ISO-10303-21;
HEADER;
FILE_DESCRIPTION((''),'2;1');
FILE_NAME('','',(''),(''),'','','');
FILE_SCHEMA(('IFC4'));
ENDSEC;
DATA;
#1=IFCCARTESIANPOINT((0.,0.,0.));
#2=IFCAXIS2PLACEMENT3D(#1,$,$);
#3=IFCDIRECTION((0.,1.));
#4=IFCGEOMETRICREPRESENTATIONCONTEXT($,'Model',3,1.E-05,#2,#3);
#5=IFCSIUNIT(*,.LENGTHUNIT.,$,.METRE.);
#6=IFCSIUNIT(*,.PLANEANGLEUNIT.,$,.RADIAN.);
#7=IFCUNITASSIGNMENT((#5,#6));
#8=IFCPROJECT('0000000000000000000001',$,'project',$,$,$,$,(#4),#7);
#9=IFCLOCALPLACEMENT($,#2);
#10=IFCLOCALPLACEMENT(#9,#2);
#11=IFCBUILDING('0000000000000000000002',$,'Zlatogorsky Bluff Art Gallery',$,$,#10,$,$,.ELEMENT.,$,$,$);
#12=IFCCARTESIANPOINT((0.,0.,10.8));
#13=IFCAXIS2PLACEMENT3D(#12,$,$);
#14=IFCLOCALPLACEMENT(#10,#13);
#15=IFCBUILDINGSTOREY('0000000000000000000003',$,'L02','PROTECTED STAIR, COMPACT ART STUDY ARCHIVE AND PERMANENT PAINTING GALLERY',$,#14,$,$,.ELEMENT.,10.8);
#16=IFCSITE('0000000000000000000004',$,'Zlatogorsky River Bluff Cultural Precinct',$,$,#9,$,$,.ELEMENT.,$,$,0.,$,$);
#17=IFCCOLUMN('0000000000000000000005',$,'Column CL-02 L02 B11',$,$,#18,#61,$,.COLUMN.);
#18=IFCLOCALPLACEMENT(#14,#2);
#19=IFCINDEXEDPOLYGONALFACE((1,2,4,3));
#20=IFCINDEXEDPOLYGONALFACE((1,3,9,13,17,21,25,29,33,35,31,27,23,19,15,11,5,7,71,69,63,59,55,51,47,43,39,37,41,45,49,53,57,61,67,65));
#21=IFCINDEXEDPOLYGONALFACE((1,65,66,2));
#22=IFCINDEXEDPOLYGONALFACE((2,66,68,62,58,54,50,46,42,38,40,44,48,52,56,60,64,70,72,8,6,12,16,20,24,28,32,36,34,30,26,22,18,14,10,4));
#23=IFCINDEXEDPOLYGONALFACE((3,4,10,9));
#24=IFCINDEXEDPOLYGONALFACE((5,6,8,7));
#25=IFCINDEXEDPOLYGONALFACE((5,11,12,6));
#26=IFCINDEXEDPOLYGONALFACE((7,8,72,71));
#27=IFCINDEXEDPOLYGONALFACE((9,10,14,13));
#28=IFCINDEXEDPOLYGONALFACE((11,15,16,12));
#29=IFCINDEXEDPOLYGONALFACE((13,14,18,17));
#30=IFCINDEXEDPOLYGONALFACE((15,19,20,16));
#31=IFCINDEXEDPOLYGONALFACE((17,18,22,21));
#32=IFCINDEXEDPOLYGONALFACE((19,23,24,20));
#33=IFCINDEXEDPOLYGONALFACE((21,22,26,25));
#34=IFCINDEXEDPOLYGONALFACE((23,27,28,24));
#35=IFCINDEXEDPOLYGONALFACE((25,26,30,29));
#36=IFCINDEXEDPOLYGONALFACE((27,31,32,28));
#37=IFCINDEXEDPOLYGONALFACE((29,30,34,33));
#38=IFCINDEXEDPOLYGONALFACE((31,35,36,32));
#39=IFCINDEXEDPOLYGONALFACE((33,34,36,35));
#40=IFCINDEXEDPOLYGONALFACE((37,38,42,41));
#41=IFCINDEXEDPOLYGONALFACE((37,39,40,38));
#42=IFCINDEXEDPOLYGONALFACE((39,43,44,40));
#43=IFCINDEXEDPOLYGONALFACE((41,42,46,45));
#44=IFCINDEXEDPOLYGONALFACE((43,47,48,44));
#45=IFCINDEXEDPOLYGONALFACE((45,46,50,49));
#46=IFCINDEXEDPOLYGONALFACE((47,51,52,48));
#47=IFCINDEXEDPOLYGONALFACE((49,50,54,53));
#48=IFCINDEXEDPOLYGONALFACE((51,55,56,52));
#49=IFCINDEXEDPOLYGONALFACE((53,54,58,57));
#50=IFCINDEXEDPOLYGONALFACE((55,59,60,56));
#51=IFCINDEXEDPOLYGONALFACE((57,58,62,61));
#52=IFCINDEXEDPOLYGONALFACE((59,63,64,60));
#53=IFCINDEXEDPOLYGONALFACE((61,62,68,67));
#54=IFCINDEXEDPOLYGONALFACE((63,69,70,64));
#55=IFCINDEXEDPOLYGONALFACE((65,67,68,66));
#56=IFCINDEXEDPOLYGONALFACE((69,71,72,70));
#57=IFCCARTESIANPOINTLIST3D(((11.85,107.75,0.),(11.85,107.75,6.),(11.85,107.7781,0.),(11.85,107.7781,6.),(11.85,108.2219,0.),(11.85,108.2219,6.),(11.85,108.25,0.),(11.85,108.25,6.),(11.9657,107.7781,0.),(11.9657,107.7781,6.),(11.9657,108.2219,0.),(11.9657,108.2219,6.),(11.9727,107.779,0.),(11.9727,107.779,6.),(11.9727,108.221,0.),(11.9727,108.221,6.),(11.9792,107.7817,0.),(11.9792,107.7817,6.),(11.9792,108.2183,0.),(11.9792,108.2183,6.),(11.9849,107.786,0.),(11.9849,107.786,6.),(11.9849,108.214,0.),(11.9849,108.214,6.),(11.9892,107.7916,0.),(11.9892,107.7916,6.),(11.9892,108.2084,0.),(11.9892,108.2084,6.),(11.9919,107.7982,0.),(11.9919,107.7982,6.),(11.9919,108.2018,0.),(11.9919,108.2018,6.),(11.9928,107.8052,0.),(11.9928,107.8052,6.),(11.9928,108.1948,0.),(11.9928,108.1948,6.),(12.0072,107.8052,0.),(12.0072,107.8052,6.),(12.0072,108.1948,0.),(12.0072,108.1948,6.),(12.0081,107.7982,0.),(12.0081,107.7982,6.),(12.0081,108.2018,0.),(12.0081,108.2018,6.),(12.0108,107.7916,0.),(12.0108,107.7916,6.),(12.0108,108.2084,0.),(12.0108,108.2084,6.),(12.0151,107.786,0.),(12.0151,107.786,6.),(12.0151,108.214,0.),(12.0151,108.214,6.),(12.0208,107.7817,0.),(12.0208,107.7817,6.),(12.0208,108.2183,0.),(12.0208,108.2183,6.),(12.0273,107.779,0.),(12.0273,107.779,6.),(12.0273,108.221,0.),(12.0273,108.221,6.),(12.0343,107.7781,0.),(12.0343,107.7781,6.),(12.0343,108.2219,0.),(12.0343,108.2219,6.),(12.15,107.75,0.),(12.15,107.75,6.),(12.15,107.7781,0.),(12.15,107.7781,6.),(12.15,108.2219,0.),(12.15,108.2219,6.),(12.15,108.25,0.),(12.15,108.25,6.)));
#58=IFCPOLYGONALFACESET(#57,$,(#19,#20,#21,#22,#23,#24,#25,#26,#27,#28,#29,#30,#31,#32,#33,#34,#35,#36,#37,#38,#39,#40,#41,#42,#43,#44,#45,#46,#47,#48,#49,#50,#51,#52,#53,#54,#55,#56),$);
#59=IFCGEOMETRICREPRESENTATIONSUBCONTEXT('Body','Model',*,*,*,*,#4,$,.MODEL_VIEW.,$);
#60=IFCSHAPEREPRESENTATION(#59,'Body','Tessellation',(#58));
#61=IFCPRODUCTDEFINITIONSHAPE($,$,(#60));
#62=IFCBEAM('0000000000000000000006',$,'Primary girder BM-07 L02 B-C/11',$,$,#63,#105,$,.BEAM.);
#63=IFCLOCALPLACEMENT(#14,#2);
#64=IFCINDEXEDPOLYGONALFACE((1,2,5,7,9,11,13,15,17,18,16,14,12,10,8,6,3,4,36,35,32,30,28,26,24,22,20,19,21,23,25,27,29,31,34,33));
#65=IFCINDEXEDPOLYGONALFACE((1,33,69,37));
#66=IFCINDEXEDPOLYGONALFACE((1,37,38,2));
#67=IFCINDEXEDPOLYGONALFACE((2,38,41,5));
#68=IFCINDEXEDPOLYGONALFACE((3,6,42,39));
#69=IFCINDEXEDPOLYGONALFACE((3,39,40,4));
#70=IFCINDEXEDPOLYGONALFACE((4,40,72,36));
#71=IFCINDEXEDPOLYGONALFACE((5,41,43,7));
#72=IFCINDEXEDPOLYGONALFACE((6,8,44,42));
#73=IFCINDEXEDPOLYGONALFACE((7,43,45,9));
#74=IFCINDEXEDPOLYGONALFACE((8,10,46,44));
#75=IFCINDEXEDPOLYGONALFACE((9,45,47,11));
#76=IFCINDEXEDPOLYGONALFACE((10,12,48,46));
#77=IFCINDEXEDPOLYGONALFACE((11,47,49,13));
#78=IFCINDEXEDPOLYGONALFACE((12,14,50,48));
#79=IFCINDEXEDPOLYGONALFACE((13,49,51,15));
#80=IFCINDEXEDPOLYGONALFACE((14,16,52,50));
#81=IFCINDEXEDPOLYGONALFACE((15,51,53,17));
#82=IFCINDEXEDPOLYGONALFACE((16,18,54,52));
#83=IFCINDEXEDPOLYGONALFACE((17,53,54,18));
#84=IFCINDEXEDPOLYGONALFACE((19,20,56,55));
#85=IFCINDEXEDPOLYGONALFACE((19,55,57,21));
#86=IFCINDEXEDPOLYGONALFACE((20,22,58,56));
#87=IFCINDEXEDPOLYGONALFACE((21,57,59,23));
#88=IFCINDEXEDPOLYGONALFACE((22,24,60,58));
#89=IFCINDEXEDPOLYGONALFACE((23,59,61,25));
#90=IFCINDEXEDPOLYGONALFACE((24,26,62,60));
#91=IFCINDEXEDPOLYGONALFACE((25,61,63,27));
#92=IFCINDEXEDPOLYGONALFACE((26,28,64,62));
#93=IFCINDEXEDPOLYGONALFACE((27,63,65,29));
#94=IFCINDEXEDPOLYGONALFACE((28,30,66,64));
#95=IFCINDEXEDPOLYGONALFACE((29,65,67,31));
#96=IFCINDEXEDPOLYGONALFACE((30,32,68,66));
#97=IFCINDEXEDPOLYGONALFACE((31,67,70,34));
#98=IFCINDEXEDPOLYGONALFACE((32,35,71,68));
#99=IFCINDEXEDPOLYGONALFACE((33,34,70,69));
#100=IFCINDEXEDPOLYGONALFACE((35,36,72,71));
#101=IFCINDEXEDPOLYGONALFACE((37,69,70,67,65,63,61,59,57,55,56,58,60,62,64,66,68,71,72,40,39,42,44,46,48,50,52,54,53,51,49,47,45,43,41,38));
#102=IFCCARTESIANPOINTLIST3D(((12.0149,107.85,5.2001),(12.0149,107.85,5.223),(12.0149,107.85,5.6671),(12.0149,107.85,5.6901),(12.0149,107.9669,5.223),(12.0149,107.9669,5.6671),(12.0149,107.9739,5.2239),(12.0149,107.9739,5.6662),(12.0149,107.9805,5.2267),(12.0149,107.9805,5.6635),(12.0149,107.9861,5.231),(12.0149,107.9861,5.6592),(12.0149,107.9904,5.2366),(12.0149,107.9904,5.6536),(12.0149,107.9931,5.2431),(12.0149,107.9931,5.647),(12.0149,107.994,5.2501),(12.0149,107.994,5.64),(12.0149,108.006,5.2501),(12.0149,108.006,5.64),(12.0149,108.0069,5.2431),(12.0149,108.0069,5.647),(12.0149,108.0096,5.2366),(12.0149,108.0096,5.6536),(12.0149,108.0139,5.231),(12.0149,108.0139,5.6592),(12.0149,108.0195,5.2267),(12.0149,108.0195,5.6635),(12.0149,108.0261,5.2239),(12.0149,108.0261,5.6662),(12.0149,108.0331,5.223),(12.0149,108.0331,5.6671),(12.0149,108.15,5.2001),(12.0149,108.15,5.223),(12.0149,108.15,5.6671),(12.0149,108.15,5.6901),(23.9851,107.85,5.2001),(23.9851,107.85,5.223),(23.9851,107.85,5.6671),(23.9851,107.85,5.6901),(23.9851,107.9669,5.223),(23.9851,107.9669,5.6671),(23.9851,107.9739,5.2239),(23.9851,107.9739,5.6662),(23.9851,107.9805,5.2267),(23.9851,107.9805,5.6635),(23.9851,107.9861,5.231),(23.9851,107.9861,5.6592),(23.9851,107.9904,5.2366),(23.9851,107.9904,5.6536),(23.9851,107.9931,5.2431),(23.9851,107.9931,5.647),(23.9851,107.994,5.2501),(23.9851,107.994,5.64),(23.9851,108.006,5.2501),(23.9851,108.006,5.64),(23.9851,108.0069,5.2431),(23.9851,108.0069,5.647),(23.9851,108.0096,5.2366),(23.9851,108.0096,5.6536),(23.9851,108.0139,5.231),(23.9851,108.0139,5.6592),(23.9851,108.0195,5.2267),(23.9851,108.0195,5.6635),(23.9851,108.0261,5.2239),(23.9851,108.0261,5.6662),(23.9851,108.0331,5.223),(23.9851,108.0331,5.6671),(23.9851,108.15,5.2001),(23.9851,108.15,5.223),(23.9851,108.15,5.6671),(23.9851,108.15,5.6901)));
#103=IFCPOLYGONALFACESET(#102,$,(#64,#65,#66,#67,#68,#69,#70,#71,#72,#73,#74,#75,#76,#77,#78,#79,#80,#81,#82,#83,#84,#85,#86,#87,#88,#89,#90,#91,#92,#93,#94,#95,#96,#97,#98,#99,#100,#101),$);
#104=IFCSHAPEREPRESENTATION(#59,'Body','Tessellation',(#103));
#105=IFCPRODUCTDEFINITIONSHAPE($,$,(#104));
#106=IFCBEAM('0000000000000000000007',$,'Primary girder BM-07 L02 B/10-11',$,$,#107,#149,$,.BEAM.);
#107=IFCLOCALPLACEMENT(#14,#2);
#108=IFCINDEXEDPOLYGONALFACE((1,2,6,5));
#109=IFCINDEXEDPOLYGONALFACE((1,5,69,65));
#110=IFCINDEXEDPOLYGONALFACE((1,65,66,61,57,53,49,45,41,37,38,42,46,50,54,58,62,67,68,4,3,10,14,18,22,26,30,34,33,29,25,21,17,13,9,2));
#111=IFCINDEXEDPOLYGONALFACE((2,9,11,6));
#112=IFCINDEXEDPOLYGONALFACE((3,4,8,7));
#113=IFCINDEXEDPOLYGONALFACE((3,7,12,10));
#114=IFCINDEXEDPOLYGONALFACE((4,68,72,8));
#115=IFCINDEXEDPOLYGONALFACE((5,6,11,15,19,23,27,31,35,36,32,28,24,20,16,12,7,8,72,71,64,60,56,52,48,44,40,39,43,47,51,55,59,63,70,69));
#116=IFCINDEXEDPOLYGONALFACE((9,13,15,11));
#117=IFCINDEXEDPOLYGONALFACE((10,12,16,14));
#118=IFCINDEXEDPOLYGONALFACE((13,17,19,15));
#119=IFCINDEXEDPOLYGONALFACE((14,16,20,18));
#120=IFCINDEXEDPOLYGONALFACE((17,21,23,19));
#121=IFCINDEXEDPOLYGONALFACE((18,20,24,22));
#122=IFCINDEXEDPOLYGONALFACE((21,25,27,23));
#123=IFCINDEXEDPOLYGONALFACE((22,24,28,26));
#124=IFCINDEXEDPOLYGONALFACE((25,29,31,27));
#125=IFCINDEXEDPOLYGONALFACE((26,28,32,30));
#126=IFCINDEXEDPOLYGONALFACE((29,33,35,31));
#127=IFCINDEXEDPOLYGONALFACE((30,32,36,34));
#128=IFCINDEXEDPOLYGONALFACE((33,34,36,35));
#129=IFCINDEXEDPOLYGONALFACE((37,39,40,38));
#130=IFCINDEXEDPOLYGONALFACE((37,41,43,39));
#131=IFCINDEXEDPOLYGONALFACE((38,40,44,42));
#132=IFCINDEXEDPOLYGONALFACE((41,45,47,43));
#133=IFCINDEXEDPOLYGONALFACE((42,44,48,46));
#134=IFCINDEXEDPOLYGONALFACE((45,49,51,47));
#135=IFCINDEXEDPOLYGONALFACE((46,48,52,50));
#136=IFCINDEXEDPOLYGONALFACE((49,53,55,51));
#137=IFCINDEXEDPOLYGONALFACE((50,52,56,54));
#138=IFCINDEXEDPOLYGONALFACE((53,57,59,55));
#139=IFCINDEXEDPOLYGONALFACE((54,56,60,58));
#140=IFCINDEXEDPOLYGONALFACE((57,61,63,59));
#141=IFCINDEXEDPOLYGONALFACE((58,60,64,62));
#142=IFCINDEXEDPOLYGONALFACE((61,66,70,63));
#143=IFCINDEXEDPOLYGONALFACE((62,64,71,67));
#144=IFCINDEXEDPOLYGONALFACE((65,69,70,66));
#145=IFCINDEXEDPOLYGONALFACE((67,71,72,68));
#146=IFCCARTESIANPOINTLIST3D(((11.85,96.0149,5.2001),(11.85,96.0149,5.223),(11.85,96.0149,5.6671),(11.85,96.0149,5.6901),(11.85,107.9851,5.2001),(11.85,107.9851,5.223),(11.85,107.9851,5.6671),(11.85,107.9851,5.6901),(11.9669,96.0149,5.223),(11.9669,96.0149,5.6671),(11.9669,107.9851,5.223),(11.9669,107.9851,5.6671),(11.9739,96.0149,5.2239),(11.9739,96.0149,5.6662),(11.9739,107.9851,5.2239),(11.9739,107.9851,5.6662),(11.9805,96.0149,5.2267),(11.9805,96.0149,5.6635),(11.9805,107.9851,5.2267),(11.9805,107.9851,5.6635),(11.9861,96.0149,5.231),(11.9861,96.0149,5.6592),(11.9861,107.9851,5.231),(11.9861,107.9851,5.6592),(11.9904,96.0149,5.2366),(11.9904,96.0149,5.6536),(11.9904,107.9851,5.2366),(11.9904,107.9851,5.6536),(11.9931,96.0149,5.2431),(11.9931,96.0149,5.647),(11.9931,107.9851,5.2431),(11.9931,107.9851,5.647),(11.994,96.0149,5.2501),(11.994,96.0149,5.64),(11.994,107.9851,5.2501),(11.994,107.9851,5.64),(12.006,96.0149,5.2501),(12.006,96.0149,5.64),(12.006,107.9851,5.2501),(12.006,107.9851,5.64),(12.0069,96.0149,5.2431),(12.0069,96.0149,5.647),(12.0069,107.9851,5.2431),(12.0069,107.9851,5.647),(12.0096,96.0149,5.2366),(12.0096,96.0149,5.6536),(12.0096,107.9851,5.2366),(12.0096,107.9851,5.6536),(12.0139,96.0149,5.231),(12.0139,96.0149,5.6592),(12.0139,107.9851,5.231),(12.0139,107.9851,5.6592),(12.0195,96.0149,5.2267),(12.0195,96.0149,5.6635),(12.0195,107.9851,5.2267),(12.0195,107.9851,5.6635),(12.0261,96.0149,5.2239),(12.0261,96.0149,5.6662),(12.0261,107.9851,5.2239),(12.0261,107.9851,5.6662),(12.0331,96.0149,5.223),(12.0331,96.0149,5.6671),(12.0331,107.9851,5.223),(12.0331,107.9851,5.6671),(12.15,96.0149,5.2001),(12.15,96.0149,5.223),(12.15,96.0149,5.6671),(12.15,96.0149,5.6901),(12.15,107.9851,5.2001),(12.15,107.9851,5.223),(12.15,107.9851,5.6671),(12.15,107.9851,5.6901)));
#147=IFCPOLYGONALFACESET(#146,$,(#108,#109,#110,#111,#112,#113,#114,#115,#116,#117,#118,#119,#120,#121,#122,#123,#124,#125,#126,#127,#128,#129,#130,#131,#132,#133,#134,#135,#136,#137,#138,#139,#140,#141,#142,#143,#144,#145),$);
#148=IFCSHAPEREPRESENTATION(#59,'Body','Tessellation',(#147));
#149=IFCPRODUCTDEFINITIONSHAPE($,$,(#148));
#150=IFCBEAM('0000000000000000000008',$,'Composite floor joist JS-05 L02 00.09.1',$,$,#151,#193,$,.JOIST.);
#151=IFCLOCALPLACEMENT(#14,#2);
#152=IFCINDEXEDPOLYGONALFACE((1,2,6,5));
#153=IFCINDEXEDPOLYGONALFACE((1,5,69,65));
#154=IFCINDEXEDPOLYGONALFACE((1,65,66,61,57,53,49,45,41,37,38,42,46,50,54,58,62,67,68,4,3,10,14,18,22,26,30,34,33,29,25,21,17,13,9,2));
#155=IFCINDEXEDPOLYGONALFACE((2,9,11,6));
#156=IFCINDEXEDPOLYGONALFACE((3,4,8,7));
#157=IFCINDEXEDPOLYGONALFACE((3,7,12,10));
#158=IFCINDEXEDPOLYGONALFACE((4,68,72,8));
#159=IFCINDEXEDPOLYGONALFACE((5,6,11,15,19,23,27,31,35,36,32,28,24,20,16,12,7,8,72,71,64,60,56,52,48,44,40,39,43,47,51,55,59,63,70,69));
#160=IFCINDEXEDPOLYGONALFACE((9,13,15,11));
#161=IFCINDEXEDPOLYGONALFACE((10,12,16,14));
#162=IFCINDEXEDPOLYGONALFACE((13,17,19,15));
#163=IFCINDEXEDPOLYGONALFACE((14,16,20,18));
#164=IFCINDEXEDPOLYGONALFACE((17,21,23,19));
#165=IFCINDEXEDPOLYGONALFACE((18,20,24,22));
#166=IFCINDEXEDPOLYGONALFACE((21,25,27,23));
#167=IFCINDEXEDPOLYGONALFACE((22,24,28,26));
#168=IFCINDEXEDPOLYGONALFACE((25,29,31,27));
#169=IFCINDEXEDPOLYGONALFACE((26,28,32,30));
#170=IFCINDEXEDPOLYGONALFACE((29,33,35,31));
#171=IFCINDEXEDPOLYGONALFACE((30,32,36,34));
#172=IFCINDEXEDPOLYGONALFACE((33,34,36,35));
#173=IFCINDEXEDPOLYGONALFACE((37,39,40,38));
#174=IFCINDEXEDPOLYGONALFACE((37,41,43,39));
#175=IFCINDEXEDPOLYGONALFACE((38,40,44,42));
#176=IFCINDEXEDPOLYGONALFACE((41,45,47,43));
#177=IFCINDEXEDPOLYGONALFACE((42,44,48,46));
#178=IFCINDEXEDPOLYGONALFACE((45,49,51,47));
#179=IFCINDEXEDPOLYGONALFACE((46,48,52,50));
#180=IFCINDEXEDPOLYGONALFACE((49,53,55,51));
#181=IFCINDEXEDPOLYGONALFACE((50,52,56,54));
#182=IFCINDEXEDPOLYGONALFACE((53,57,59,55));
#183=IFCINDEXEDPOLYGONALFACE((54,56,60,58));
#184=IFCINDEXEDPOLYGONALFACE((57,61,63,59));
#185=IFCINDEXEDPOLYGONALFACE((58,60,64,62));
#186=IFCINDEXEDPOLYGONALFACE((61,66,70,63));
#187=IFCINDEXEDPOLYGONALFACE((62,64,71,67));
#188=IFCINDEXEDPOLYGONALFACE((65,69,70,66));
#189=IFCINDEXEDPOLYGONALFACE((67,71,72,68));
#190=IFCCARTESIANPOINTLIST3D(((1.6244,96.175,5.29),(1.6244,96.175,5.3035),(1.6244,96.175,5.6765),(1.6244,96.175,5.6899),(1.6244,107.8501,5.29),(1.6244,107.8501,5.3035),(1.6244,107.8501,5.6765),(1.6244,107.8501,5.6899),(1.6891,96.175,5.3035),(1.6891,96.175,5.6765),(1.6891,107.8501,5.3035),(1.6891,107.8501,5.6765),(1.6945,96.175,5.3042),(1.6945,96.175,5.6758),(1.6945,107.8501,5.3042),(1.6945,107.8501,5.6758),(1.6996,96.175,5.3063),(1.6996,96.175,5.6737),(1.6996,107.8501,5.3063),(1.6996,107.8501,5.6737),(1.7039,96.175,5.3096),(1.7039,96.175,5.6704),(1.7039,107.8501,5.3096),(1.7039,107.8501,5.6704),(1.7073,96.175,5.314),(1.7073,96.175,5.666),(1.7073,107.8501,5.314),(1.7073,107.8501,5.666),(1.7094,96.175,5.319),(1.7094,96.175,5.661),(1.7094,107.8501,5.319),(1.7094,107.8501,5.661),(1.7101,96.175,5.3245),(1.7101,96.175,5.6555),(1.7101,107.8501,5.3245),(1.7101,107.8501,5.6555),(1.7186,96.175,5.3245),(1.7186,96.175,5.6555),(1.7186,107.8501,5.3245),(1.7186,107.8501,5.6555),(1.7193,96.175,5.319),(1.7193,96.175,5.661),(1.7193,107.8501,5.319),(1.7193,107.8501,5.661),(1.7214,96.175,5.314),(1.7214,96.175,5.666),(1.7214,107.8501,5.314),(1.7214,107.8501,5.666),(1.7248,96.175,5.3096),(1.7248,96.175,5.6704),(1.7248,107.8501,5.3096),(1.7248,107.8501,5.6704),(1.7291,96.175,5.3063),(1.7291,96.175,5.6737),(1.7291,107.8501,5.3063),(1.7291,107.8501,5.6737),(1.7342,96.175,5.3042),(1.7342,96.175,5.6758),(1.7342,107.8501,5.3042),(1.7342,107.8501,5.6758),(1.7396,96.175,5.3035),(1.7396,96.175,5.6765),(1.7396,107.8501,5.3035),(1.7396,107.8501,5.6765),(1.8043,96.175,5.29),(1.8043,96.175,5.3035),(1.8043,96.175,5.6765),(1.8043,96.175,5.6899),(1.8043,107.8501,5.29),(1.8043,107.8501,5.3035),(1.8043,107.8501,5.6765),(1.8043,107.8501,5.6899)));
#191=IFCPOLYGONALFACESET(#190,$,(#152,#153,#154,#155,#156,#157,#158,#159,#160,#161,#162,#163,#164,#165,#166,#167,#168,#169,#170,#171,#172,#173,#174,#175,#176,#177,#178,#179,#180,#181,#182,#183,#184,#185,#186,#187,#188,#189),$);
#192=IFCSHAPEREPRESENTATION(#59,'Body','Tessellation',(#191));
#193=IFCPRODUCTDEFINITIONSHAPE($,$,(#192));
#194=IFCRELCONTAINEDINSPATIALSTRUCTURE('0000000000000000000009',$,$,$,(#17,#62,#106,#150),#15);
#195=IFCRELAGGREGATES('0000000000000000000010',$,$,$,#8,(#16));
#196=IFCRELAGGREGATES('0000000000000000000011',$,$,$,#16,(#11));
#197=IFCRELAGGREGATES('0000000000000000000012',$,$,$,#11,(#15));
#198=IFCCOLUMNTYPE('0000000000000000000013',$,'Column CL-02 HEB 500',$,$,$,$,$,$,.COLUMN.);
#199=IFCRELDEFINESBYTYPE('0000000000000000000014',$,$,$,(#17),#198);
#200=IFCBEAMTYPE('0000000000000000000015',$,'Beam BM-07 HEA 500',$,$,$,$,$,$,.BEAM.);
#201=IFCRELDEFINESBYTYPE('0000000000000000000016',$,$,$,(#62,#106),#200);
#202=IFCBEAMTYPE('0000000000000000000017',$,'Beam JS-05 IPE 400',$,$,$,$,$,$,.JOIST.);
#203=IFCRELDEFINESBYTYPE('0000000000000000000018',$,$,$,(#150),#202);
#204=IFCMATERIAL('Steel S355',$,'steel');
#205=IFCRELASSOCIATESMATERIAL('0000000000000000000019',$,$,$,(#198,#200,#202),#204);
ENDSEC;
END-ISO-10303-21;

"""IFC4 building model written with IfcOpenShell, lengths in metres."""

from ifc_helpers import new_model, si_unit, direction, frame, origin, origin_2d, place, context, subcontext, project, spatial, i_section, extrude, material, material_profile, profile_set, type_object, element, save


model = new_model("IFC4")

# Units and contexts
model_context = context("Model", 3, precision=1e-05, world=origin(), true_north=direction((0.0, 1.0)))
body_context = subcontext(model_context, "Body", "Model", "MODEL_VIEW")
ifc_project = project(units=[si_unit("LENGTHUNIT", "METRE"), si_unit("PLANEANGLEUNIT", "RADIAN")], contexts=[model_context])

# Site, building, storey
site_placement = place(None, origin())
site = spatial("IfcSite", under=ifc_project, at=site_placement, Name="Zlatogorsky River Bluff Cultural Precinct", CompositionType="ELEMENT", RefElevation=0.0)
building_placement = place(site_placement, origin())
building = spatial("IfcBuilding", under=site, at=building_placement, Name="Zlatogorsky Bluff Art Gallery", CompositionType="ELEMENT")
storey_placement = place(building_placement, frame((0.0, 0.0, 10.8)))
storey = spatial("IfcBuildingStorey", under=building, at=storey_placement, Name="L02", Description="PROTECTED STAIR, COMPACT ART STUDY ARCHIVE AND PERMANENT PAINTING GALLERY", CompositionType="ELEMENT", Elevation=10.8)

# Column
ifc_material_1 = material(Name="Steel S355", Category="steel")
ifc_material_profile_1 = material_profile(ifc_material_1, i_section(OverallWidth=0.3, OverallDepth=0.5, WebThickness=0.0144, FlangeThickness=0.0281, FilletRadius=0.0271, at=origin_2d()), Name="HEB 500")
ifc_profile_set_1 = profile_set([ifc_material_profile_1], Name="Steel S355")
column_type = type_object("IfcColumnType", Name="Column CL-02 HEB 500", PredefinedType="COLUMN", material=ifc_profile_set_1)
column_placement = place(storey_placement, frame((12.0, 108.0, 0.0), z_axis=(0.0, 0.0, 1.0), x_axis=(1.0, 0.0, 0.0)))
element("IfcColumn", 1, at=column_placement, inside=storey, type_object=column_type, Name="Column CL-02 L02 B11", PredefinedType="COLUMN", context=body_context, shape_type="SweptSolid", body=[
    extrude(i_section(OverallWidth=0.3, OverallDepth=0.5, WebThickness=0.0144, FlangeThickness=0.0281, FilletRadius=0.0271, at=origin_2d()), origin(), (0.0, 0.0, 1.0), 6.0),
])

# Beams
ifc_material_profile_2 = material_profile(ifc_material_1, i_section(OverallWidth=0.3, OverallDepth=0.49, WebThickness=0.012, FlangeThickness=0.0229, FilletRadius=0.0271, at=origin_2d()), Name="HEA 500")
ifc_profile_set_2 = profile_set([ifc_material_profile_2], Name="Steel S355")
beam_type_1 = type_object("IfcBeamType", Name="Beam BM-07 HEA 500", PredefinedType="BEAM", material=ifc_profile_set_2)
for number, where, z_axis, x_axis, name in (
    (2, (12.0149, 108.0, 5.4451), (1.0, 0.0, 0.0), (0.0, 1.0, 0.0), "Primary girder BM-07 L02 B-C/11"),
    (3, (12.0, 96.0149, 5.4451), (0.0, 1.0, 0.0), (-1.0, 0.0, 0.0), "Primary girder BM-07 L02 B/10-11"),
):
    element("IfcBeam", number, at=place(storey_placement, frame(where, z_axis=z_axis, x_axis=x_axis)), inside=storey, type_object=beam_type_1, Name=name, PredefinedType="BEAM", context=body_context, shape_type="SweptSolid", body=[
        extrude(i_section(OverallWidth=0.3, OverallDepth=0.49, WebThickness=0.012, FlangeThickness=0.0229, FilletRadius=0.0271, at=origin_2d()), origin(), (0.0, 0.0, 1.0), 11.9702),
    ])
ifc_material_profile_3 = material_profile(ifc_material_1, i_section(OverallWidth=0.1799, OverallDepth=0.3999, WebThickness=0.0085, FlangeThickness=0.0134, FilletRadius=0.021, at=origin_2d()), Name="IPE 400")
ifc_profile_set_3 = profile_set([ifc_material_profile_3], Name="Steel S355")
beam_type_2 = type_object("IfcBeamType", Name="Beam JS-05 IPE 400", PredefinedType="JOIST", material=ifc_profile_set_3)
for number, where, z_axis, x_axis, name in (
    (4, (1.7144, 96.175, 5.49), (0.0, 1.0, 0.0), (-1.0, 0.0, 0.0), "Composite floor joist JS-05 L02 00.09.1"),
):
    element("IfcBeam", number, at=place(storey_placement, frame(where, z_axis=z_axis, x_axis=x_axis)), inside=storey, type_object=beam_type_2, Name=name, PredefinedType="JOIST", context=body_context, shape_type="SweptSolid", body=[
        extrude(i_section(OverallWidth=0.1799, OverallDepth=0.3999, WebThickness=0.0085, FlangeThickness=0.0134, FilletRadius=0.021, at=origin_2d()), origin(), (0.0, 0.0, 1.0), 11.675),
    ])

save(model, "model.ifc")
